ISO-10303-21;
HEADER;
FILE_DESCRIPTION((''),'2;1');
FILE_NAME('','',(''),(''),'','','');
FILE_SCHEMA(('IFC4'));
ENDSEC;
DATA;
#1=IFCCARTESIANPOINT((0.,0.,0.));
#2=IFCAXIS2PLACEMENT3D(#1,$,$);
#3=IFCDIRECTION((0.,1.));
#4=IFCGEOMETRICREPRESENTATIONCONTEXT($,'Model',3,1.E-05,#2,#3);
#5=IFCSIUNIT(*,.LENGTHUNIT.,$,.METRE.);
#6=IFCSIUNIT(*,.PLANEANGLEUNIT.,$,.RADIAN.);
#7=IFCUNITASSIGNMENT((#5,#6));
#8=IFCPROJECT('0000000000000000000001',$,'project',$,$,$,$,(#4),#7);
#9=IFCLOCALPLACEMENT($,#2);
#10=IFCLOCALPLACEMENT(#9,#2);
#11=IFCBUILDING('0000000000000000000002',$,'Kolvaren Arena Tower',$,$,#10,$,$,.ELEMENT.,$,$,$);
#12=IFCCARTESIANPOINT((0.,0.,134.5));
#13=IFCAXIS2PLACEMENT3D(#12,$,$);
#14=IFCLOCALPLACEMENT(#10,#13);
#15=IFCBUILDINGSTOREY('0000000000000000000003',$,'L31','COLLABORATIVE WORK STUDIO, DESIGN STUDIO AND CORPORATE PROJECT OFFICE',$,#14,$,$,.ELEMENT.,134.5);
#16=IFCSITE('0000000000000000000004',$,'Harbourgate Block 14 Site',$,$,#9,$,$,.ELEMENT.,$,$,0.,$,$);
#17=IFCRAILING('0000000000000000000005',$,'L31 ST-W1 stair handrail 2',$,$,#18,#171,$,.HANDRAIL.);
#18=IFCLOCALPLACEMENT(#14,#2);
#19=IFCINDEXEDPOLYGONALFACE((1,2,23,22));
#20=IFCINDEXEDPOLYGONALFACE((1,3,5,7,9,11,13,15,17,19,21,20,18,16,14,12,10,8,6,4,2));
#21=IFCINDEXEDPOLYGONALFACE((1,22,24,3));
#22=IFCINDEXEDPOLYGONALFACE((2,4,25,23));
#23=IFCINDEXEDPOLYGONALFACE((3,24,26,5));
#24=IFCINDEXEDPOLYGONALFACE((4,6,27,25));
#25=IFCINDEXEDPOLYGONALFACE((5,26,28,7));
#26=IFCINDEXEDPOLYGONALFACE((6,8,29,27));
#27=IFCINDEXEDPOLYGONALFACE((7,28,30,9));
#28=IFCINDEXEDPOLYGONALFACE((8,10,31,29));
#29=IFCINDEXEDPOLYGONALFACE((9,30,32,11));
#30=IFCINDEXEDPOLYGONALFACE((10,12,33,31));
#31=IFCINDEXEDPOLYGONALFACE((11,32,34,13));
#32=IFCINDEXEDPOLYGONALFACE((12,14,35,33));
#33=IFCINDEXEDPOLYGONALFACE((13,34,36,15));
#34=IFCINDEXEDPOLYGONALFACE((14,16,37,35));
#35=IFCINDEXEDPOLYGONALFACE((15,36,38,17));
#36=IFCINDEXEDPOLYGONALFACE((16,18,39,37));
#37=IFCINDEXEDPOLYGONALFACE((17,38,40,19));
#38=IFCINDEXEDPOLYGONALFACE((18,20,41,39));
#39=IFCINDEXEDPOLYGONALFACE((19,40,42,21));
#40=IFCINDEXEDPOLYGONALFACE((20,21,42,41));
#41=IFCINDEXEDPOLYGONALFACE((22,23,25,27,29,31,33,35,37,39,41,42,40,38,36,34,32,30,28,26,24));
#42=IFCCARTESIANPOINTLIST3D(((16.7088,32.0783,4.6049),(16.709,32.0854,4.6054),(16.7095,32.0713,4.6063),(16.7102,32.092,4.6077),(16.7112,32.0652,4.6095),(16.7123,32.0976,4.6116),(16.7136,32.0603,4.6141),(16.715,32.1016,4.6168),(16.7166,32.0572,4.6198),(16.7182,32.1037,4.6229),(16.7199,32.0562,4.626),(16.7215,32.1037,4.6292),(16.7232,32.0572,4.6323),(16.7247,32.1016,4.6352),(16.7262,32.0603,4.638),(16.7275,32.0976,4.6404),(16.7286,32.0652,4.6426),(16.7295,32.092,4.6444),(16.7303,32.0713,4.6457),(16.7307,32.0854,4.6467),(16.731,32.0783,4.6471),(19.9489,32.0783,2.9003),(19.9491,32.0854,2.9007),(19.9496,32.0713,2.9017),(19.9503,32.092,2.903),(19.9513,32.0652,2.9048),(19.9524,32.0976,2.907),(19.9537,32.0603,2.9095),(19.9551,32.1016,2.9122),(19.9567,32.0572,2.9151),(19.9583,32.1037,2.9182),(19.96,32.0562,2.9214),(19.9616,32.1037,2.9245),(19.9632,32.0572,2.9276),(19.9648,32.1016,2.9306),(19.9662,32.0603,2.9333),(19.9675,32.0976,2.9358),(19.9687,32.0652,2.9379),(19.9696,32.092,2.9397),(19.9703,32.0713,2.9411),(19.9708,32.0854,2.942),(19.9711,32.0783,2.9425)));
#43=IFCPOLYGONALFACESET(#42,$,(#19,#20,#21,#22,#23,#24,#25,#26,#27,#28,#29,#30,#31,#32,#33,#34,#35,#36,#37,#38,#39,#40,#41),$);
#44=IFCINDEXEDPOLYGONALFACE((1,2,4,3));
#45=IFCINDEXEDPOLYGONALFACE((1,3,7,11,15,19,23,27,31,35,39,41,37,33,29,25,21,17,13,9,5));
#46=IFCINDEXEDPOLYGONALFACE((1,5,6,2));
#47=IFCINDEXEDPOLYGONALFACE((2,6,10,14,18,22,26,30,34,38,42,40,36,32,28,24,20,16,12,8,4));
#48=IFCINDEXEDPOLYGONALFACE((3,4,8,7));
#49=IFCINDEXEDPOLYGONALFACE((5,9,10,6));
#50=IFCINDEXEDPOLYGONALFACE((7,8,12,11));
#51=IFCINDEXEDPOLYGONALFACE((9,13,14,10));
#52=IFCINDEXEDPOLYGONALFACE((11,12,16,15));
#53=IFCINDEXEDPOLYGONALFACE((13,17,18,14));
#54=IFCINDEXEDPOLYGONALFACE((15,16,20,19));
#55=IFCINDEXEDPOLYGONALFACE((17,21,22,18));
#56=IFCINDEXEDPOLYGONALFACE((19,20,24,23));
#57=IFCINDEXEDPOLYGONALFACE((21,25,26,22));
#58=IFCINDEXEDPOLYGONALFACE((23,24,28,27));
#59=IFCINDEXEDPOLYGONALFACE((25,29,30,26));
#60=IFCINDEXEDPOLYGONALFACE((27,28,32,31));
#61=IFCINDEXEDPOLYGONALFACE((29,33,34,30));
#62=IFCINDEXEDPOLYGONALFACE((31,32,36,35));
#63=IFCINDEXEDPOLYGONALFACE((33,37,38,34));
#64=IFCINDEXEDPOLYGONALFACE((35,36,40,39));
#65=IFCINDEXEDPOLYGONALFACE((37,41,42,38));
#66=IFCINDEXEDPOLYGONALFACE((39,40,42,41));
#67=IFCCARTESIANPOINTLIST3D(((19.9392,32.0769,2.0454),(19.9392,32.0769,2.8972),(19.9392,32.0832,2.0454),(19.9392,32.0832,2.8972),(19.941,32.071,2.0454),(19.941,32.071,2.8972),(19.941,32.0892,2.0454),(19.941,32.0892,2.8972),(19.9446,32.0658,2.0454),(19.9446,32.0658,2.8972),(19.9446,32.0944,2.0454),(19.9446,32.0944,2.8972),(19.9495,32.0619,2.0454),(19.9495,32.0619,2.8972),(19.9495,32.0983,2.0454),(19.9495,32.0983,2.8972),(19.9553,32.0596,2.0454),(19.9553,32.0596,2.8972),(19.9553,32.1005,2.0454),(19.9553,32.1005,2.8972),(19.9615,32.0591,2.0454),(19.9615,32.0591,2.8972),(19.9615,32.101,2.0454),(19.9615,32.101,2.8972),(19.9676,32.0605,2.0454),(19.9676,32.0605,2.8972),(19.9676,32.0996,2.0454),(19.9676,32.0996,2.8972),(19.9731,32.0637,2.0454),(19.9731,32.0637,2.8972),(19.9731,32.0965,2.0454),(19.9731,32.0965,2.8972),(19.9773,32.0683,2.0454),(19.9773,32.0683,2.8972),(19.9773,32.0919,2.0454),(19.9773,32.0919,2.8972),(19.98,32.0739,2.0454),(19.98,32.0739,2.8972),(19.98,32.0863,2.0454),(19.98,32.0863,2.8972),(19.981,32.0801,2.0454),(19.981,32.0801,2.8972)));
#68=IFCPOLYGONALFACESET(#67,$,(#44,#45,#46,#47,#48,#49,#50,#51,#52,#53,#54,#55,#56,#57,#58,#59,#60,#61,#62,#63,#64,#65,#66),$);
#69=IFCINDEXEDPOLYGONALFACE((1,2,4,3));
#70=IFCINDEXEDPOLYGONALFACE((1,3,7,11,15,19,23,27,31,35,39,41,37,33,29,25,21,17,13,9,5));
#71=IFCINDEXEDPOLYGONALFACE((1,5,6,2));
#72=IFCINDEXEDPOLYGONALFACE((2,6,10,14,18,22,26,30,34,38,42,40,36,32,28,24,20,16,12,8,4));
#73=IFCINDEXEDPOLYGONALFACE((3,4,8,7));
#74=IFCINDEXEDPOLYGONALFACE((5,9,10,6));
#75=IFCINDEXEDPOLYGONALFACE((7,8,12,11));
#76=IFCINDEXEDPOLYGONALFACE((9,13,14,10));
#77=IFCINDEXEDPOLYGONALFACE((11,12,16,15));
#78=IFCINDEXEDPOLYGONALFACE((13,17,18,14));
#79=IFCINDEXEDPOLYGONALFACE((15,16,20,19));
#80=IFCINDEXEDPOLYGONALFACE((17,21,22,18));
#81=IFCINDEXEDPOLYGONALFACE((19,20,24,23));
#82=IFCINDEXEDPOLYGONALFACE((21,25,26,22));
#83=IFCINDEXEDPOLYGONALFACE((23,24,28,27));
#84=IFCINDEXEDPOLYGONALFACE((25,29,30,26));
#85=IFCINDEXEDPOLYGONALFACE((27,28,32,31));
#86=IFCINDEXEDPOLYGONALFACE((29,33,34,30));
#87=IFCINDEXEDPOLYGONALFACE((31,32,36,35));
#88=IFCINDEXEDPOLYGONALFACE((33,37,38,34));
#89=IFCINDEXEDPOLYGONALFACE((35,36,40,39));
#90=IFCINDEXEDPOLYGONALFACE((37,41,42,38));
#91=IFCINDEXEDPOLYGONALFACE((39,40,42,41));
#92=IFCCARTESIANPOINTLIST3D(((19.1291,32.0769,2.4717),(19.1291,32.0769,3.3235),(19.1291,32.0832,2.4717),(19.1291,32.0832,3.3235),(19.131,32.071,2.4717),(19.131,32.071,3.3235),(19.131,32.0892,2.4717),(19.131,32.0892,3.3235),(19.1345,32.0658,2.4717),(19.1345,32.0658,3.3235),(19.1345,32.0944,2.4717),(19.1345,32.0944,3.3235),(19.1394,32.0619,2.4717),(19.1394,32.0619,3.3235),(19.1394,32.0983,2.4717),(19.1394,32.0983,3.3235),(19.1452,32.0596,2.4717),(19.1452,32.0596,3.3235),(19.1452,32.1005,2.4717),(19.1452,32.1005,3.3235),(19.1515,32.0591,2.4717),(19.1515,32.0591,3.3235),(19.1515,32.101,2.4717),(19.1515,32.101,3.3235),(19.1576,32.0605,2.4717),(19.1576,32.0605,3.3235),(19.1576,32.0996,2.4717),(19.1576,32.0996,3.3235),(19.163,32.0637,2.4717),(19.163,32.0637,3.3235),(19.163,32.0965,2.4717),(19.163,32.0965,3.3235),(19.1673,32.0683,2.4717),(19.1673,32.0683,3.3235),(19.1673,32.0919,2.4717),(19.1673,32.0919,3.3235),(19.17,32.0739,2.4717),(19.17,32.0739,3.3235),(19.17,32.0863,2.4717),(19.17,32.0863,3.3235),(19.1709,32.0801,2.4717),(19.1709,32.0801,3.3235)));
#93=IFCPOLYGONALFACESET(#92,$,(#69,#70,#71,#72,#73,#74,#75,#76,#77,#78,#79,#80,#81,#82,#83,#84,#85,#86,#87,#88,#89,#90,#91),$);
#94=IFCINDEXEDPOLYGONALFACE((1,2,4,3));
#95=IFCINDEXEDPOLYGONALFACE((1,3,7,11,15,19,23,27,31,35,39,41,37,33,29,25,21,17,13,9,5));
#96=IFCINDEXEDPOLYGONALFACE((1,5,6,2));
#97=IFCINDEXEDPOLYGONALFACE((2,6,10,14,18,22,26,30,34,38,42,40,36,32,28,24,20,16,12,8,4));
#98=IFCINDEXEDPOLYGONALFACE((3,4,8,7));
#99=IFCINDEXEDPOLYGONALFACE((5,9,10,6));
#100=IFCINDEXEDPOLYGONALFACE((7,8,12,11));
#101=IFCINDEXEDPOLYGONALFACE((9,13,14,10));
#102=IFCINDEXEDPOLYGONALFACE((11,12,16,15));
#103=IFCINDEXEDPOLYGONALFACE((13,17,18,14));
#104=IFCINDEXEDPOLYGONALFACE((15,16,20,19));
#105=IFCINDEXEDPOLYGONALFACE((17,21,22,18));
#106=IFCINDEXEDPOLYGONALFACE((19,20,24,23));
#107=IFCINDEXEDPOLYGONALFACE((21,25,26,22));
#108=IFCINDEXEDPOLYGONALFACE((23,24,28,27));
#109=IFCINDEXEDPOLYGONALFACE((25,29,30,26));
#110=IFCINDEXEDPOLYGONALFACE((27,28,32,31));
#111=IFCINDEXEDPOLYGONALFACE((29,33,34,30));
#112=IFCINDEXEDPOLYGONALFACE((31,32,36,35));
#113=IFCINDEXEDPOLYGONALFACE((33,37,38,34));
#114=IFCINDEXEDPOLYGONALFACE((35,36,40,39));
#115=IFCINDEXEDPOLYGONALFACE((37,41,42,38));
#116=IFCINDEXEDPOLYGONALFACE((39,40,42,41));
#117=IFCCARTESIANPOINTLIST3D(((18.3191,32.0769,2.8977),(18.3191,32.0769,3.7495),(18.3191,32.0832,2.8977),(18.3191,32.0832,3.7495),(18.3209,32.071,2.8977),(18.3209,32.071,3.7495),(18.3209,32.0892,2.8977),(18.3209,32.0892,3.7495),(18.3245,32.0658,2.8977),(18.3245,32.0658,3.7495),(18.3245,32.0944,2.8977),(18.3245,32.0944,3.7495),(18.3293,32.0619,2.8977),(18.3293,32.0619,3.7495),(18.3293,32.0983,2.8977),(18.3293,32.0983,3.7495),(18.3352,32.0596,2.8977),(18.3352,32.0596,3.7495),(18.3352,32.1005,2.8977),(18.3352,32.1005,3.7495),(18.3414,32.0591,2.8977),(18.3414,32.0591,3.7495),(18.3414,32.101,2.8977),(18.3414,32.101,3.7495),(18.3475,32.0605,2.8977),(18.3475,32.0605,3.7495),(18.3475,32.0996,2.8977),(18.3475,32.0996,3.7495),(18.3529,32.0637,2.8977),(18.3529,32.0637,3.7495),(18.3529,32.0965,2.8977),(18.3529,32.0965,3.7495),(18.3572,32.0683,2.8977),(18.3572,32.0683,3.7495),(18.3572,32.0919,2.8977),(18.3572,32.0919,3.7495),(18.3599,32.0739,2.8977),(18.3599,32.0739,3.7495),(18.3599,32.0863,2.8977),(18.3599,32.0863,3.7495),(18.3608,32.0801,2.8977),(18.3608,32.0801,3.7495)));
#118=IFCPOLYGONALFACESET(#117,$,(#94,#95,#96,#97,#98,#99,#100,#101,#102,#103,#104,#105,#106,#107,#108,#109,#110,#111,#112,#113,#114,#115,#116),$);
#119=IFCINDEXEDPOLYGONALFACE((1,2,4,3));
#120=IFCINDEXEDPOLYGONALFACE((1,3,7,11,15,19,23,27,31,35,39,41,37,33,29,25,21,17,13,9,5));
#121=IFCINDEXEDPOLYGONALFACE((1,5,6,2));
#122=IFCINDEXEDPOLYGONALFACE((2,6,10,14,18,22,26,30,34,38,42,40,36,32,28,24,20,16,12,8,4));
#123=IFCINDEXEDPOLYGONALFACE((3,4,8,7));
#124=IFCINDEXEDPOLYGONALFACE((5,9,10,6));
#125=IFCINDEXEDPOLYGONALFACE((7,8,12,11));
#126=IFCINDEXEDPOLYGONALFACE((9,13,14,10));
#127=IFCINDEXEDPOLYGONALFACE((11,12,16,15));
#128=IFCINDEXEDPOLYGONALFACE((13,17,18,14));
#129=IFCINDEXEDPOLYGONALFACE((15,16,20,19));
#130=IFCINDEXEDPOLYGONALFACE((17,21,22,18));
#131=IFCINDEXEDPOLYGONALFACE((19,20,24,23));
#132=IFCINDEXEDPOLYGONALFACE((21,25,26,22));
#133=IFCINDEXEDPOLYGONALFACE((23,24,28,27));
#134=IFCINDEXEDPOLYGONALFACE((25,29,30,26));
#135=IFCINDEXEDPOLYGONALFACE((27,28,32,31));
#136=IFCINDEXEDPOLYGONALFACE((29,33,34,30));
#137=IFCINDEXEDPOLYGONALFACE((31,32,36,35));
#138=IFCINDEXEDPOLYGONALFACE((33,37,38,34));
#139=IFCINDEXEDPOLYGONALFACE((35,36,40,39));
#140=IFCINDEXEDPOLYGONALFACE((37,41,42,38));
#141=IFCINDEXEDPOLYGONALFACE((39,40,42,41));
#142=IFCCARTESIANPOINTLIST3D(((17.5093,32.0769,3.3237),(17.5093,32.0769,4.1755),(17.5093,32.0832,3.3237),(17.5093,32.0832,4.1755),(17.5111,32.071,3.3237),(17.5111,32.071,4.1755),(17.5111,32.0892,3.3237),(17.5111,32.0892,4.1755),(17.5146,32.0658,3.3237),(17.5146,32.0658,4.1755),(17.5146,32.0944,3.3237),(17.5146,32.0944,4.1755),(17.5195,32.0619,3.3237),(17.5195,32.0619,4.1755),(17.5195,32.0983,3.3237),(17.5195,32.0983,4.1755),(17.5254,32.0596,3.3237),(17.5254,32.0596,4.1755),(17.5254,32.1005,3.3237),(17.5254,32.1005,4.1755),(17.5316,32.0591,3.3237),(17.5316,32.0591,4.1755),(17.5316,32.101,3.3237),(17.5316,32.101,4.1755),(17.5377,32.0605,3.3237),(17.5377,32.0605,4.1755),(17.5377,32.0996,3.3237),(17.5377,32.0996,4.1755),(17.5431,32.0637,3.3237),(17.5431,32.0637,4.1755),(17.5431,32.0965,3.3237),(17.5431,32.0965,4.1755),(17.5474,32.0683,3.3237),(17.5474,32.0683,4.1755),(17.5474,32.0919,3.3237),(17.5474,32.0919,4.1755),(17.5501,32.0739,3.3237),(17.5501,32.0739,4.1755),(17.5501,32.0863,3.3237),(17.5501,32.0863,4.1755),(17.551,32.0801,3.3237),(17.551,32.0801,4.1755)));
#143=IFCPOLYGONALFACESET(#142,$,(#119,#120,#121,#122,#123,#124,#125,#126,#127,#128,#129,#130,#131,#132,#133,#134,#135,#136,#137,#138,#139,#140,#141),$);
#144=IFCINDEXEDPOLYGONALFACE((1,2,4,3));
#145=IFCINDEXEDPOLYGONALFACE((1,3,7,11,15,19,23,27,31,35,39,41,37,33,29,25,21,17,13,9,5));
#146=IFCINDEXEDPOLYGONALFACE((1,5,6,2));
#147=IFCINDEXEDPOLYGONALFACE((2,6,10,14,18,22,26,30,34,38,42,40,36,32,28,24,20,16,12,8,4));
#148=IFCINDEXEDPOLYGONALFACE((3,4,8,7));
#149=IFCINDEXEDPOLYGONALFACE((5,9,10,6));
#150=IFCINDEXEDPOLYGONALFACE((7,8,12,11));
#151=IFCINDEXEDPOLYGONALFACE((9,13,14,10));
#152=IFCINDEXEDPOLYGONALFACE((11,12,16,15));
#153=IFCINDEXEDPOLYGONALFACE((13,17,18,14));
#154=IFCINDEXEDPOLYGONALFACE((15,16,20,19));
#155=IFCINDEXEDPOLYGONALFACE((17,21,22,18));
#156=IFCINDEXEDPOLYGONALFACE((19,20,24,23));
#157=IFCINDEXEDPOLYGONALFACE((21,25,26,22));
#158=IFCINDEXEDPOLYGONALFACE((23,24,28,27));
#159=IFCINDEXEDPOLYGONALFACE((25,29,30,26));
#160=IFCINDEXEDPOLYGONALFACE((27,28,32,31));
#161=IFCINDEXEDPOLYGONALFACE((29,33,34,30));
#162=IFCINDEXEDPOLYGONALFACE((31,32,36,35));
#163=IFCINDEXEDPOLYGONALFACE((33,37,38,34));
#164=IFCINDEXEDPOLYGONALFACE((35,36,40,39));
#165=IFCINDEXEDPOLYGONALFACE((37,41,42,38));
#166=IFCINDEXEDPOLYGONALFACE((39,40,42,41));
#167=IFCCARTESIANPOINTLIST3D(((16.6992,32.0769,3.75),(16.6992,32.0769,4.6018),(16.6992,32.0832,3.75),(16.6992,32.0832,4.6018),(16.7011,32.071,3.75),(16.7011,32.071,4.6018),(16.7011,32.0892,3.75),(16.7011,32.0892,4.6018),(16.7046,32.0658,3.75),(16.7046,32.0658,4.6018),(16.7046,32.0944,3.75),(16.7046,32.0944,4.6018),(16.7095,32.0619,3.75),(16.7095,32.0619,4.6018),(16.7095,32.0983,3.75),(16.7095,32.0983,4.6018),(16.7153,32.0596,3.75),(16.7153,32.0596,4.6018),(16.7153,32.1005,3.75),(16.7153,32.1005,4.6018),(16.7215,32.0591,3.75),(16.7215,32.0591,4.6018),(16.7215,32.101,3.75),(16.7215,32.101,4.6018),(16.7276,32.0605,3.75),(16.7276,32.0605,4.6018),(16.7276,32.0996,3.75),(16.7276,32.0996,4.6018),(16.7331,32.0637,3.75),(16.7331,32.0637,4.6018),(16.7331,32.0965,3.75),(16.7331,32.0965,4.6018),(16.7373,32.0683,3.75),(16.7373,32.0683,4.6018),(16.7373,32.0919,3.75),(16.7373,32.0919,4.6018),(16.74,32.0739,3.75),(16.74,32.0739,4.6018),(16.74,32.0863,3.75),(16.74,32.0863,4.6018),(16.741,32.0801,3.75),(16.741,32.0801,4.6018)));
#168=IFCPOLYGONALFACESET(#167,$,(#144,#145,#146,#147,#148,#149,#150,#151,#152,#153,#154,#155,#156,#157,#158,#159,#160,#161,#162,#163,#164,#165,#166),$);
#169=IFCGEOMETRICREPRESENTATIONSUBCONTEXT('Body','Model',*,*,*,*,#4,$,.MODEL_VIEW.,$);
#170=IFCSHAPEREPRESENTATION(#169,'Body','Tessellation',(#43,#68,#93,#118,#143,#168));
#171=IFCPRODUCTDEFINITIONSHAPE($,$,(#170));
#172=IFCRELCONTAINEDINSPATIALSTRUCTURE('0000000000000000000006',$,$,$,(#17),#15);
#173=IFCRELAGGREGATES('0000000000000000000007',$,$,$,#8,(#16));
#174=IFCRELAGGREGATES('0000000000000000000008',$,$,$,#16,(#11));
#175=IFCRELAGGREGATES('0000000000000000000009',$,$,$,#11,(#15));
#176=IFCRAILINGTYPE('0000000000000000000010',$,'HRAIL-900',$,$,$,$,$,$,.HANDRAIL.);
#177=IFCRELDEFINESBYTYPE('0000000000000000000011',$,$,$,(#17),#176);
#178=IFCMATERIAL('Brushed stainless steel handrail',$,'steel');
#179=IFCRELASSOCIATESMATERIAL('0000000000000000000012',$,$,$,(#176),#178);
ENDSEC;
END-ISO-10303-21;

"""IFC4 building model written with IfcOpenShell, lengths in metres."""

from ifc_helpers import new_model, si_unit, direction, frame, origin, origin_2d, place, context, subcontext, project, spatial, circle, extrude, material, type_object, element, save


model = new_model("IFC4")

# Units and contexts
model_context = context("Model", 3, precision=1e-05, world=origin(), true_north=direction((0.0, 1.0)))
body_context = subcontext(model_context, "Body", "Model", "MODEL_VIEW")
ifc_project = project(units=[si_unit("LENGTHUNIT", "METRE"), si_unit("PLANEANGLEUNIT", "RADIAN")], contexts=[model_context])

# Site, building, storey
site_placement = place(None, origin())
site = spatial("IfcSite", under=ifc_project, at=site_placement, Name="Harbourgate Block 14 Site", CompositionType="ELEMENT", RefElevation=0.0)
building_placement = place(site_placement, origin())
building = spatial("IfcBuilding", under=site, at=building_placement, Name="Kolvaren Arena Tower", CompositionType="ELEMENT")
storey_placement = place(building_placement, frame((0.0, 0.0, 134.5)))
storey = spatial("IfcBuildingStorey", under=building, at=storey_placement, Name="L31", Description="COLLABORATIVE WORK STUDIO, DESIGN STUDIO AND CORPORATE PROJECT OFFICE", CompositionType="ELEMENT", Elevation=134.5)

# Railing
ifc_material_1 = material(Name="Brushed stainless steel handrail", Category="steel")
railing_type_1 = type_object("IfcRailingType", Name="HRAIL-900", PredefinedType="HANDRAIL", material=ifc_material_1)
railing_1_placement = place(storey_placement, frame((19.96, 32.0801, 2.0454)))
element("IfcRailing", 1, at=railing_1_placement, inside=storey, type_object=railing_type_1, Name="L31 ST-W1 stair handrail 2", PredefinedType="HANDRAIL", context=body_context, shape_type="SweptSolid", body=[
    extrude(circle(Radius=0.0239, at=origin_2d()), frame((0.0, 0.0, 0.876), z_axis=(-0.884993, 0.0, 0.465604), x_axis=(0.0, -1.0, 0.0)), (0.0, 0.0, 1.0), 3.6611),
    extrude(circle(Radius=0.021, at=origin_2d()), origin(), (0.0, 0.0, 1.0), 0.8518),
    extrude(circle(Radius=0.021, at=origin_2d()), frame((-0.8101, 0.0, 0.4263)), (0.0, 0.0, 1.0), 0.8518),
    extrude(circle(Radius=0.021, at=origin_2d()), frame((-1.6201, 0.0, 0.8523)), (0.0, 0.0, 1.0), 0.8518),
    extrude(circle(Radius=0.021, at=origin_2d()), frame((-2.4299, 0.0, 1.2783)), (0.0, 0.0, 1.0), 0.8518),
    extrude(circle(Radius=0.021, at=origin_2d()), frame((-3.24, 0.0, 1.7046)), (0.0, 0.0, 1.0), 0.8518),
])

save(model, "model.ifc")
